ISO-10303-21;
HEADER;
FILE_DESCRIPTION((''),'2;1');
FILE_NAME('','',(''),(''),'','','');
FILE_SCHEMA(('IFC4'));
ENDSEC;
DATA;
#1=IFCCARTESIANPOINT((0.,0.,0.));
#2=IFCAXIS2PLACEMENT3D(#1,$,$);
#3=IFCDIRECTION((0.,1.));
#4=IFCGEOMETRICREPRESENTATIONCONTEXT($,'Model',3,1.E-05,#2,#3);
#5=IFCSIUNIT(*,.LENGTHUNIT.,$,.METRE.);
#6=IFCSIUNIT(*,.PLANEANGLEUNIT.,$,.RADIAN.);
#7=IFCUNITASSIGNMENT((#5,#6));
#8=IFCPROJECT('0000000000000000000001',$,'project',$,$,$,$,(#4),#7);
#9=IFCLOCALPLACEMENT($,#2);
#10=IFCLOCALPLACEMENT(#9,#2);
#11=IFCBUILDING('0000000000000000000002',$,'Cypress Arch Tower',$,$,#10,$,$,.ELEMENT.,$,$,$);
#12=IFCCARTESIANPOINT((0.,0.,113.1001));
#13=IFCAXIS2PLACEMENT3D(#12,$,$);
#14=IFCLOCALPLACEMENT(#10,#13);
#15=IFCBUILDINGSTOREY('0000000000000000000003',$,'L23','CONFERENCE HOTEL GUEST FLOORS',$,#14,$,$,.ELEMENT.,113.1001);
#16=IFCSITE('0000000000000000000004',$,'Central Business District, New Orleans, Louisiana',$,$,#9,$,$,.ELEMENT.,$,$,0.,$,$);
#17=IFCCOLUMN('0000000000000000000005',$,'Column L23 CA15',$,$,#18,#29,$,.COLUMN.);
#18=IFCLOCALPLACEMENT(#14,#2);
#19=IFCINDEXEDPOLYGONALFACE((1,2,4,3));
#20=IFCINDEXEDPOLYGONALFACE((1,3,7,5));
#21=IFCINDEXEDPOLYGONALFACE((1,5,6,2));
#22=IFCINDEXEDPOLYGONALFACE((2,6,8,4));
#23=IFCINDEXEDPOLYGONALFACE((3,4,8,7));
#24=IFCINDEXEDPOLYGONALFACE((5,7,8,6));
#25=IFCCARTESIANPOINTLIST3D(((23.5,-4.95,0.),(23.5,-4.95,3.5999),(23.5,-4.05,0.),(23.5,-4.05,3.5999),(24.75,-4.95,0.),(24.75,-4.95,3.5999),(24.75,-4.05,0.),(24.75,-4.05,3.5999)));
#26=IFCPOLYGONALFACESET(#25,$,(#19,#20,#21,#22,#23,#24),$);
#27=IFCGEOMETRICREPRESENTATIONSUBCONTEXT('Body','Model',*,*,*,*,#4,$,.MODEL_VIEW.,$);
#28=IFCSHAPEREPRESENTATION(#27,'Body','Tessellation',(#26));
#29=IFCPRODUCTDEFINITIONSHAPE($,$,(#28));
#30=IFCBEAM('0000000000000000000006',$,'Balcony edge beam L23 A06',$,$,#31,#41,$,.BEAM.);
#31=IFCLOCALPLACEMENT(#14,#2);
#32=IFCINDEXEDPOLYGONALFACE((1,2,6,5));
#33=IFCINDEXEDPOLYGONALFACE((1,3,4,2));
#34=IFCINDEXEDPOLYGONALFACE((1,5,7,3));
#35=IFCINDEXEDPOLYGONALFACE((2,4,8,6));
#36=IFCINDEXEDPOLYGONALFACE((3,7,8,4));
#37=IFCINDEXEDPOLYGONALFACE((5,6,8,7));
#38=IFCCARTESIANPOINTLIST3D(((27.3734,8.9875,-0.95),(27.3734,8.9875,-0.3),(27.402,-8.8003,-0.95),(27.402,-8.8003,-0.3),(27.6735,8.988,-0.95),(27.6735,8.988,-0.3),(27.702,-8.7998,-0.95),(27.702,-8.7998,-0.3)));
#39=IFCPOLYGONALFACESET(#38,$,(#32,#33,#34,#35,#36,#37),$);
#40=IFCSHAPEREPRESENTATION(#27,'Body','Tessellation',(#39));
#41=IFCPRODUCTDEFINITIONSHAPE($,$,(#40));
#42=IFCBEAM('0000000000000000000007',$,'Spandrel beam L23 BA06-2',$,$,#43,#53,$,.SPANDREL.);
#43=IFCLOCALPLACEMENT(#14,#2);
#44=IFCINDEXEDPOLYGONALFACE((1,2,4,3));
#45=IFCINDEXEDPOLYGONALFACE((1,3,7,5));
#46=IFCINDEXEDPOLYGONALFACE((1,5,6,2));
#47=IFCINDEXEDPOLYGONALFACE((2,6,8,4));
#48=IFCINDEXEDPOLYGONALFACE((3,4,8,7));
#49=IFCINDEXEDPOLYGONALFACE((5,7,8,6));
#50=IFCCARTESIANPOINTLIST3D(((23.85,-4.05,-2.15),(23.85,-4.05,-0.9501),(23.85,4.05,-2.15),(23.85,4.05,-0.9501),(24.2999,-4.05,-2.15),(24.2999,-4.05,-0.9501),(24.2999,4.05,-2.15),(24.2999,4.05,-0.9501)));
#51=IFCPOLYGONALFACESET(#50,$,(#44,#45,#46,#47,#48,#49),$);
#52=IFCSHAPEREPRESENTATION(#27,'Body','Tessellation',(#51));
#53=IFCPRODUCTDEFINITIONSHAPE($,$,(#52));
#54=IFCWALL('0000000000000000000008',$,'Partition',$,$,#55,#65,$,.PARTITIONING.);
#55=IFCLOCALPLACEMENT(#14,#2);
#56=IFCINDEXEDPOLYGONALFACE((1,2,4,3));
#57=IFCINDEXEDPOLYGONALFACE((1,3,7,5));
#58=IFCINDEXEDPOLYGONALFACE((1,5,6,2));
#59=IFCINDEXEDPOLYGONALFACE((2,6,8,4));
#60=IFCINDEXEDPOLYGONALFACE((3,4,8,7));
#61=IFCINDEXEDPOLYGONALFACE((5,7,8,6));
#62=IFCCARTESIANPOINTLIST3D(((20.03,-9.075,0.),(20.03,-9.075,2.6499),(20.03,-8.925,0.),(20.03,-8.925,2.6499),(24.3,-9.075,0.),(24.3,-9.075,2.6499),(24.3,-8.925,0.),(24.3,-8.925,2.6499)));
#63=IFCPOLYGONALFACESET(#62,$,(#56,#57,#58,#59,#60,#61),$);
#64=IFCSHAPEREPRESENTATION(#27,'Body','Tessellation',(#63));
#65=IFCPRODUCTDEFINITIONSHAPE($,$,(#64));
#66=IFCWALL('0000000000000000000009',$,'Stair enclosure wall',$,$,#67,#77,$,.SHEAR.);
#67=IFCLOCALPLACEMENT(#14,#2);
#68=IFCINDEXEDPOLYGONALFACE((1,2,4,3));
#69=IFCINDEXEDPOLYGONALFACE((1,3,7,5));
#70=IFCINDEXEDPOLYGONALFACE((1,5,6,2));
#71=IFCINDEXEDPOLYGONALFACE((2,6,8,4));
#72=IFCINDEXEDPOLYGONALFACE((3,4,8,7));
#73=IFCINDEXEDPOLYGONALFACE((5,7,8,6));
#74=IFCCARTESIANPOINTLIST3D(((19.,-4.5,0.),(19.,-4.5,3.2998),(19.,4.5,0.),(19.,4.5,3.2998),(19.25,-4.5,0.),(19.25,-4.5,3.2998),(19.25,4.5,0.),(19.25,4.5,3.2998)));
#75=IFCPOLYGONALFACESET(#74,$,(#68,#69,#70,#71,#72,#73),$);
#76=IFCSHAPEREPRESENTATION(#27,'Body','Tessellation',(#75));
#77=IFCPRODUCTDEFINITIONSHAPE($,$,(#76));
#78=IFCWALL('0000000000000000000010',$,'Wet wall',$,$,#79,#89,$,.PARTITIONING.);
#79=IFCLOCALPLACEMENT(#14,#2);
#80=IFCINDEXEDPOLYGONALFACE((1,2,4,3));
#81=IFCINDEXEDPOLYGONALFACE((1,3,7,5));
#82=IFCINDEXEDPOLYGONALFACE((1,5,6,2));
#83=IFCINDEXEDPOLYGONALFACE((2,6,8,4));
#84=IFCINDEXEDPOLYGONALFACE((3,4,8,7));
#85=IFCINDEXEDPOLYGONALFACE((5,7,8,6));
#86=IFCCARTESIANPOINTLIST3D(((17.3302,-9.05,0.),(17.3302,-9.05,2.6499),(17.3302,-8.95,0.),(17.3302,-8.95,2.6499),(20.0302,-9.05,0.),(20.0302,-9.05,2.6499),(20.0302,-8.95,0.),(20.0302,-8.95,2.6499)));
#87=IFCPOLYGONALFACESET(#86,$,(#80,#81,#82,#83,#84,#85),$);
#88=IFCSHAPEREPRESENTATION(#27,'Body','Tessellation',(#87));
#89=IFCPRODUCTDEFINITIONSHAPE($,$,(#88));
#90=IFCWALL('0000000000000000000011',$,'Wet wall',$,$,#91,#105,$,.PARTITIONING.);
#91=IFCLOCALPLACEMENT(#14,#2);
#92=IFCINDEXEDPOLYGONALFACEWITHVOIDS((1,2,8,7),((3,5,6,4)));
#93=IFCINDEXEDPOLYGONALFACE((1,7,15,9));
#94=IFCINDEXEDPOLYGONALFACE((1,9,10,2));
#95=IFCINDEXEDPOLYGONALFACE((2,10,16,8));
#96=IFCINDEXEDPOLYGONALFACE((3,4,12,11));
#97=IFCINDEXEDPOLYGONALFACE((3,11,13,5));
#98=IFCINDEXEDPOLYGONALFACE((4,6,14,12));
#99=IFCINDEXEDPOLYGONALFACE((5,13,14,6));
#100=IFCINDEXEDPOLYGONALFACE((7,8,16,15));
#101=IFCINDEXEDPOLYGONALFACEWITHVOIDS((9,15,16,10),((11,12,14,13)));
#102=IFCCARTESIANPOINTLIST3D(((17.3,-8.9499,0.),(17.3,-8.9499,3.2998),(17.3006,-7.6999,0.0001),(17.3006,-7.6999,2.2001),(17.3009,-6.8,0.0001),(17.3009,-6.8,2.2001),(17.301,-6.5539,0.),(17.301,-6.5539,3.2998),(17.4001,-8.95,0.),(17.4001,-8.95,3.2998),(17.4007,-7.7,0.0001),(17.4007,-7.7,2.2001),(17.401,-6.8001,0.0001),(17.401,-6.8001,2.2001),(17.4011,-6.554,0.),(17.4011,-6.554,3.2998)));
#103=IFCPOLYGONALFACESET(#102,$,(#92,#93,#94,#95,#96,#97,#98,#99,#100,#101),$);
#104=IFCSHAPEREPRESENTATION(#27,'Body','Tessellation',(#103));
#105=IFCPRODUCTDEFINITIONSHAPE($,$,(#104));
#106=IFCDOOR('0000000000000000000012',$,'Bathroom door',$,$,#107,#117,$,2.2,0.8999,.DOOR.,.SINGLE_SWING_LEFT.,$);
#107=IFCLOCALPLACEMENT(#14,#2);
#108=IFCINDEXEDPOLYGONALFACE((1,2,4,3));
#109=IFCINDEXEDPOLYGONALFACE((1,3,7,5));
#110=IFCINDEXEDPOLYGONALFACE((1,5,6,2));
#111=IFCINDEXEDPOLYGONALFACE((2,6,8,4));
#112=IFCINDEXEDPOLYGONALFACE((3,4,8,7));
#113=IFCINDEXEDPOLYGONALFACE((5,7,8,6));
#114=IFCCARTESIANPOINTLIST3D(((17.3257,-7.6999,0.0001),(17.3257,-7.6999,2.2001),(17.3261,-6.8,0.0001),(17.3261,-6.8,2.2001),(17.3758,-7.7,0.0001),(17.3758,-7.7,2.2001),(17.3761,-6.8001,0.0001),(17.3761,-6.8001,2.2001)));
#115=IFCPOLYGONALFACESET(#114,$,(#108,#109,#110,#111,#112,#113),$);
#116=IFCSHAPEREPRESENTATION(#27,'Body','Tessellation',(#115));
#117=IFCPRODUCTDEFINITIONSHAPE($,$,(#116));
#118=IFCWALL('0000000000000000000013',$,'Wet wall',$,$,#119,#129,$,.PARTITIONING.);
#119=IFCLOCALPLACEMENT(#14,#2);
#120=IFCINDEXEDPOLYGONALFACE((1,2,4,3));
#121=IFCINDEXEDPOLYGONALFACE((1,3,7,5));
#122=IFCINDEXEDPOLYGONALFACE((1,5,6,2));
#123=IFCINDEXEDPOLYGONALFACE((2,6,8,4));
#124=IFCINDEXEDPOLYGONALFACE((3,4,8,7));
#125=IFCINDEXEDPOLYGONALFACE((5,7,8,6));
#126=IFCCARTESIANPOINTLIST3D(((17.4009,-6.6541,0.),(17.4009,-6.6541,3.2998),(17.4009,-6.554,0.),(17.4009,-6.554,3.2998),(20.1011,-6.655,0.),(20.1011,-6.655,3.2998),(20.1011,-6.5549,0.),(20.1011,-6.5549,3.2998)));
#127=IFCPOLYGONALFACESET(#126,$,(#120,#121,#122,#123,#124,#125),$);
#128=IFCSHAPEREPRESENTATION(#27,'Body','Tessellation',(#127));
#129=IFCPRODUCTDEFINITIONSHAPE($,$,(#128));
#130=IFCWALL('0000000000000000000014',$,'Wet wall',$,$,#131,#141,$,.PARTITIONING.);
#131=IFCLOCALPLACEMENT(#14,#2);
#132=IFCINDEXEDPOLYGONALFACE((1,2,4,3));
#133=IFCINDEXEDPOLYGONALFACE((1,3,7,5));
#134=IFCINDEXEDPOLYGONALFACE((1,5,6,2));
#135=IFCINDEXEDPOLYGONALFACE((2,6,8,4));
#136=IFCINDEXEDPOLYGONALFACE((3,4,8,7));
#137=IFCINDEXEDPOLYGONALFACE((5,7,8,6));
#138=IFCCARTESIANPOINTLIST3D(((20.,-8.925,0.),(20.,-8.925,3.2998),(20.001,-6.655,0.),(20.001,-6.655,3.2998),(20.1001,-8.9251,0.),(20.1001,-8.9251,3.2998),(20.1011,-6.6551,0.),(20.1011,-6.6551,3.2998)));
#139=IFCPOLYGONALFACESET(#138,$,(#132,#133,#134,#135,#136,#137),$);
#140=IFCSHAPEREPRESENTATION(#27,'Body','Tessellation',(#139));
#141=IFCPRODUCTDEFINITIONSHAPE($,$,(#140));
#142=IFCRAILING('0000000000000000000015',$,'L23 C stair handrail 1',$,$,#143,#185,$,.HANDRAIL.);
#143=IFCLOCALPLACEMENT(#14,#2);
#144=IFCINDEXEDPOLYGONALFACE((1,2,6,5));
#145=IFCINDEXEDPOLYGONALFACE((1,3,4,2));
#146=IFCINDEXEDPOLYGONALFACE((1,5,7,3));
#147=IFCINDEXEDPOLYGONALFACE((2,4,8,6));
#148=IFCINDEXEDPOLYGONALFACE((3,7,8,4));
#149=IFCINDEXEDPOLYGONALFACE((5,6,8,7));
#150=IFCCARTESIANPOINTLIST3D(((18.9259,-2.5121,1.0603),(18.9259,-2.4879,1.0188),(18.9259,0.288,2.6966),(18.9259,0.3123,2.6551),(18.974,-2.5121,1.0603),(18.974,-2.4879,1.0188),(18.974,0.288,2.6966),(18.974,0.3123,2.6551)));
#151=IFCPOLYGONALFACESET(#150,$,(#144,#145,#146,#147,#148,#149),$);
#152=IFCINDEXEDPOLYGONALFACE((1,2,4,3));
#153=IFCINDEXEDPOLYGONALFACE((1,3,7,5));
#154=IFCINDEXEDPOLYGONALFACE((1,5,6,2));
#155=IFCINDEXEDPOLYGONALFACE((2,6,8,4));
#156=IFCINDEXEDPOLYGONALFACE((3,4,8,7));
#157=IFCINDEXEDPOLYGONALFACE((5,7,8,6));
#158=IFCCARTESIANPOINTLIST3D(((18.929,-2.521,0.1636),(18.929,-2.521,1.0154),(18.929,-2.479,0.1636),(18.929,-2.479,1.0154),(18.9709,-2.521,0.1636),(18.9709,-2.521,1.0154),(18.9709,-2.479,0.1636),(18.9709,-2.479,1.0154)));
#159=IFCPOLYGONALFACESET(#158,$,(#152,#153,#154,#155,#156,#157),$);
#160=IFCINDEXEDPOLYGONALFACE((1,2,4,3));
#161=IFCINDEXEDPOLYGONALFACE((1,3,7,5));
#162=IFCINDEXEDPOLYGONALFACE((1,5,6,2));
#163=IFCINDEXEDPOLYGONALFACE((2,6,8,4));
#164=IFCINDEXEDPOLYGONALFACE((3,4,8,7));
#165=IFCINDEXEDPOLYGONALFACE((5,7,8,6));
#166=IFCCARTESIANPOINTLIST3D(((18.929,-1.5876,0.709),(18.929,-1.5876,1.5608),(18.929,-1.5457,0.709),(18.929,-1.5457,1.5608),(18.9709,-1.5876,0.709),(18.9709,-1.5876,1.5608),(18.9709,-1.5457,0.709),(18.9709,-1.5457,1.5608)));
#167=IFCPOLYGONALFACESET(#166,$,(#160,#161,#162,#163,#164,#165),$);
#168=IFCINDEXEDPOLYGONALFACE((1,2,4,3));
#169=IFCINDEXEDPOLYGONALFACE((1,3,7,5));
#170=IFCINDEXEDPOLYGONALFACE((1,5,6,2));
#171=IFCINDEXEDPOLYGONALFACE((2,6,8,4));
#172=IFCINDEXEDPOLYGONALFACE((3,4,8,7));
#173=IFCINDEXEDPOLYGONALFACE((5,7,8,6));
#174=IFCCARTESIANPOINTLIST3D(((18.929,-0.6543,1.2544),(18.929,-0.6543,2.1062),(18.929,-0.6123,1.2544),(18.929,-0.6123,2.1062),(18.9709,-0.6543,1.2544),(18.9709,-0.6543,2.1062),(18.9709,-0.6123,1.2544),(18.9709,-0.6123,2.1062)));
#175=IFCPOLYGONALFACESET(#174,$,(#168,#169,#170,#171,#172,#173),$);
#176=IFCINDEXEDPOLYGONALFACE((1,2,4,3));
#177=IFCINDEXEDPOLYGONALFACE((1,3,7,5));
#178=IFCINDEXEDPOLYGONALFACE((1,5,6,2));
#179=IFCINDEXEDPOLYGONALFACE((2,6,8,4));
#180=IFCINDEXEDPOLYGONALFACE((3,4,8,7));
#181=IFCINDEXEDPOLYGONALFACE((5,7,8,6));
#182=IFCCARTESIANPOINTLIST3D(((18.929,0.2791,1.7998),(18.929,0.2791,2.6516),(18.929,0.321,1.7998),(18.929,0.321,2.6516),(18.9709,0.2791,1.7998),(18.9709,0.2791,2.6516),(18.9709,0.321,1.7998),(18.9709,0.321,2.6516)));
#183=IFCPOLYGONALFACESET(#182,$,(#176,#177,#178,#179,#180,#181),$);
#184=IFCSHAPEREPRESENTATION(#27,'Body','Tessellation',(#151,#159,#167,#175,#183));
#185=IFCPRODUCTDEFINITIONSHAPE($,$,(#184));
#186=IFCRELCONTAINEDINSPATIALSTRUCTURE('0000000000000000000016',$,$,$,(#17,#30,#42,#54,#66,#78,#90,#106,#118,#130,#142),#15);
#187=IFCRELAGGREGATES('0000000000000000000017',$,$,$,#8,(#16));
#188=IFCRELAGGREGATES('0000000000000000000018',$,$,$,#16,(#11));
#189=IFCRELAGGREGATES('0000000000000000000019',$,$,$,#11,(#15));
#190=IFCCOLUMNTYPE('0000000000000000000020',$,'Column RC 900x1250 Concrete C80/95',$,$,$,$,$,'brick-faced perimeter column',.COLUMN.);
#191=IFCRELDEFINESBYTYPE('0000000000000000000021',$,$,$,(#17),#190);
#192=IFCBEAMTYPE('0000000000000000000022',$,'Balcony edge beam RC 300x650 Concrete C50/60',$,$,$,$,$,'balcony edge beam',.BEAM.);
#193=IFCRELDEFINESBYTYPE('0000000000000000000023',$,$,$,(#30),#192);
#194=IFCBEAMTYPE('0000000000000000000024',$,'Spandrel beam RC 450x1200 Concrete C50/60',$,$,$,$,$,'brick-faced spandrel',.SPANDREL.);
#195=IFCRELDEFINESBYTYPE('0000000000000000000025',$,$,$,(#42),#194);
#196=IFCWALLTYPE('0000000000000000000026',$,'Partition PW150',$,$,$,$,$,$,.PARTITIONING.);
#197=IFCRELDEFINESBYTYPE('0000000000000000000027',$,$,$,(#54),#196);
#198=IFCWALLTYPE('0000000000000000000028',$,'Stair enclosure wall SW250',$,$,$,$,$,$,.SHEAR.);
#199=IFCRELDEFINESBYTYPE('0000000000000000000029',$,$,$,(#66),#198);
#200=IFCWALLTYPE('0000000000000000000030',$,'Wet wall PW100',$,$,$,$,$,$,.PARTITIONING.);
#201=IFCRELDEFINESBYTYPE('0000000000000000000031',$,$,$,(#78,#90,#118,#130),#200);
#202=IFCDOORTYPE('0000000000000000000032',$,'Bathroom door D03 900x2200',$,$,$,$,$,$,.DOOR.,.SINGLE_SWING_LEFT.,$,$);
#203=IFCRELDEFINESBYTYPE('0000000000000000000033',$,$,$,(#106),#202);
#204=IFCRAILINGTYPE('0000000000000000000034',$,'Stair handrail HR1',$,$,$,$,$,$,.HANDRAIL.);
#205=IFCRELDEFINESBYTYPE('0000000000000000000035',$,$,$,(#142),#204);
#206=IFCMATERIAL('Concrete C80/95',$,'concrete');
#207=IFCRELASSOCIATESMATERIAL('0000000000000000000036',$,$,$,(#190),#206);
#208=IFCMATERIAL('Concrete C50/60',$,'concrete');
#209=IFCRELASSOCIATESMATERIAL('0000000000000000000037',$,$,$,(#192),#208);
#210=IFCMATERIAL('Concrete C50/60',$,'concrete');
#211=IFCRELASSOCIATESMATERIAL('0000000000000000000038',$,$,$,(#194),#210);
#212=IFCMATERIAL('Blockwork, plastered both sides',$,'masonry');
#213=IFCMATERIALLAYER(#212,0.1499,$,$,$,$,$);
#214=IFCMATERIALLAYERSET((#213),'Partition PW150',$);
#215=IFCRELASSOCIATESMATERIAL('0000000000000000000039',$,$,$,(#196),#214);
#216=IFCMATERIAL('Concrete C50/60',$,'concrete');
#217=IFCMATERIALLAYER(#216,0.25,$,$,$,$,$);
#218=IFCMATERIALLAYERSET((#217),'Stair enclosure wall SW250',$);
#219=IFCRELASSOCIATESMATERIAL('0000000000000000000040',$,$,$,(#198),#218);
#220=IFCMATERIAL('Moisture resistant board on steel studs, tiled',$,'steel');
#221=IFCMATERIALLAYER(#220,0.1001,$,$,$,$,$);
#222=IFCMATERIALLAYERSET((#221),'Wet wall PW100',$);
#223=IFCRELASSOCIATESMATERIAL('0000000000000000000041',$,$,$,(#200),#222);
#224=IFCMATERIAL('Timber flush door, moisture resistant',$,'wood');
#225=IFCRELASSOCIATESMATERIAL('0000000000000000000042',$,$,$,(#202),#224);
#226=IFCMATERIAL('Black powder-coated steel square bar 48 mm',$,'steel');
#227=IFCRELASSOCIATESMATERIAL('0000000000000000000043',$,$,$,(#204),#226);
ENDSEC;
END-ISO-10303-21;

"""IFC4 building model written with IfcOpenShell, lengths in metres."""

from ifc_helpers import new_model, si_unit, direction, frame, frame_2d, origin, origin_2d, place, context, subcontext, project, spatial, rectangle, extrude, material, layer, layer_set, material_profile, profile_set, type_object, element, fill, save


model = new_model("IFC4")

# Units and contexts
model_context = context("Model", 3, precision=1e-05, world=origin(), true_north=direction((0.0, 1.0)))
body_context = subcontext(model_context, "Body", "Model", "MODEL_VIEW")
ifc_project = project(units=[si_unit("LENGTHUNIT", "METRE"), si_unit("PLANEANGLEUNIT", "RADIAN")], contexts=[model_context])

# Site, building, storey
site_placement = place(None, origin())
site = spatial("IfcSite", under=ifc_project, at=site_placement, Name="Central Business District, New Orleans, Louisiana", CompositionType="ELEMENT", RefElevation=0.0)
building_placement = place(site_placement, origin())
building = spatial("IfcBuilding", under=site, at=building_placement, Name="Cypress Arch Tower", CompositionType="ELEMENT")
storey_placement = place(building_placement, frame((0.0, 0.0, 113.1001)))
storey = spatial("IfcBuildingStorey", under=building, at=storey_placement, Name="L23", Description="CONFERENCE HOTEL GUEST FLOORS", CompositionType="ELEMENT", Elevation=113.1001)

# Column
ifc_material_1 = material(Name="Concrete C80/95", Category="concrete")
ifc_material_profile_1 = material_profile(ifc_material_1, rectangle(XDim=0.8999, YDim=1.25, at=origin_2d()), Name="RC 900x1250")
ifc_profile_set_1 = profile_set([ifc_material_profile_1], Name="Concrete C80/95")
column_type = type_object("IfcColumnType", Name="Column RC 900x1250 Concrete C80/95", ElementType="brick-faced perimeter column", PredefinedType="COLUMN", material=ifc_profile_set_1)
column_placement = place(storey_placement, frame((24.125, -4.5, 0.0), z_axis=(0.0, 0.0, 1.0), x_axis=(0.0, 1.0, 0.0)))
element("IfcColumn", 1, at=column_placement, inside=storey, type_object=column_type, Name="Column L23 CA15", PredefinedType="COLUMN", context=body_context, shape_type="SweptSolid", body=[
    extrude(rectangle(XDim=0.8999, YDim=1.25, at=origin_2d()), origin(), (0.0, 0.0, 1.0), 3.5999),
])

# Beams
ifc_material_2 = material(Name="Concrete C50/60", Category="concrete")
ifc_material_profile_2 = material_profile(ifc_material_2, rectangle(XDim=0.3, YDim=0.6499, at=origin_2d()), Name="RC 300x650")
ifc_profile_set_2 = profile_set([ifc_material_profile_2], Name="Concrete C50/60")
beam_type_1 = type_object("IfcBeamType", Name="Balcony edge beam RC 300x650 Concrete C50/60", ElementType="balcony edge beam", PredefinedType="BEAM", material=ifc_profile_set_2)
beam_1_placement = place(storey_placement, frame((27.552, -8.8, -0.625), z_axis=(-0.001606, 0.999999, 0.0), x_axis=(-0.999999, -0.001606, 0.0)))
element("IfcBeam", 2, at=beam_1_placement, inside=storey, type_object=beam_type_1, Name="Balcony edge beam L23 A06", PredefinedType="BEAM", context=body_context, shape_type="SweptSolid", body=[
    extrude(rectangle(XDim=0.3, YDim=0.6499, at=origin_2d()), origin(), (0.0, 0.0, 1.0), 17.7878),
])
ifc_material_3 = material(Name="Concrete C50/60", Category="concrete")
ifc_material_profile_3 = material_profile(ifc_material_3, rectangle(XDim=0.45, YDim=1.2, at=origin_2d()), Name="RC 450x1200")
ifc_profile_set_3 = profile_set([ifc_material_profile_3], Name="Concrete C50/60")
beam_type_2 = type_object("IfcBeamType", Name="Spandrel beam RC 450x1200 Concrete C50/60", ElementType="brick-faced spandrel", PredefinedType="SPANDREL", material=ifc_profile_set_3)
beam_2_placement = place(storey_placement, frame((24.075, -4.05, -1.55), z_axis=(0.0, 1.0, 0.0), x_axis=(-1.0, 0.0, 0.0)))
element("IfcBeam", 3, at=beam_2_placement, inside=storey, type_object=beam_type_2, Name="Spandrel beam L23 BA06-2", PredefinedType="SPANDREL", context=body_context, shape_type="SweptSolid", body=[
    extrude(rectangle(XDim=0.45, YDim=1.2, at=origin_2d()), origin(), (0.0, 0.0, 1.0), 8.1001),
])

# Walls
ifc_material_4 = material(Name="Blockwork, plastered both sides", Category="masonry")
ifc_layer_1 = layer(ifc_material_4, 0.1499)
ifc_layer_set_1 = layer_set([ifc_layer_1], Name="Partition PW150")
wall_type_1 = type_object("IfcWallType", Name="Partition PW150", PredefinedType="PARTITIONING", material=ifc_layer_set_1)
wall_1_placement = place(storey_placement, frame((20.03, -9.0, 0.0), z_axis=(0.0, 0.0, 1.0), x_axis=(1.0, 0.0, 0.0)))
element("IfcWall", 4, at=wall_1_placement, inside=storey, type_object=wall_type_1, Name="Partition", PredefinedType="PARTITIONING", context=body_context, shape_type="SweptSolid", body=[
    extrude(rectangle(XDim=4.27, YDim=0.1499, at=frame_2d((2.135, 0.0))), origin(), (0.0, 0.0, 1.0), 2.6499),
])
ifc_material_5 = material(Name="Concrete C50/60", Category="concrete")
ifc_layer_2 = layer(ifc_material_5, 0.25)
ifc_layer_set_2 = layer_set([ifc_layer_2], Name="Stair enclosure wall SW250")
wall_type_2 = type_object("IfcWallType", Name="Stair enclosure wall SW250", PredefinedType="SHEAR", material=ifc_layer_set_2)
wall_2_placement = place(storey_placement, frame((19.125, -4.5, 0.0), z_axis=(0.0, 0.0, 1.0), x_axis=(0.0, 1.0, 0.0)))
element("IfcWall", 5, at=wall_2_placement, inside=storey, type_object=wall_type_2, Name="Stair enclosure wall", PredefinedType="SHEAR", context=body_context, shape_type="SweptSolid", body=[
    extrude(rectangle(XDim=9.0, YDim=0.25, at=frame_2d((4.5, 0.0))), origin(), (0.0, 0.0, 1.0), 3.2998),
])
ifc_material_6 = material(Name="Moisture resistant board on steel studs, tiled", Category="steel")
ifc_layer_3 = layer(ifc_material_6, 0.1001)
ifc_layer_set_3 = layer_set([ifc_layer_3], Name="Wet wall PW100")
wall_type_3 = type_object("IfcWallType", Name="Wet wall PW100", PredefinedType="PARTITIONING", material=ifc_layer_set_3)
wall_3_placement = place(storey_placement, frame((17.3301, -9.0, 0.0), z_axis=(0.0, 0.0, 1.0), x_axis=(1.0, 0.0, 0.0)))
element("IfcWall", 6, at=wall_3_placement, inside=storey, type_object=wall_type_3, Name="Wet wall", PredefinedType="PARTITIONING", context=body_context, shape_type="SweptSolid", body=[
    extrude(rectangle(XDim=2.7, YDim=0.1001, at=frame_2d((1.3501, 0.0))), origin(), (0.0, 0.0, 1.0), 2.6499),
])

# Wall, opening, door
wall_4_placement = place(storey_placement, frame((17.3501, -8.95, 0.0), z_axis=(0.0, 0.0, 1.0), x_axis=(0.000408, 1.0, 0.0)))
wall_4 = element("IfcWall", 7, at=wall_4_placement, inside=storey, type_object=wall_type_3, Name="Wet wall", PredefinedType="PARTITIONING", context=body_context, shape_type="SweptSolid", body=[
    extrude(rectangle(XDim=2.396, YDim=0.1001, at=frame_2d((1.198, 0.0))), origin(), (0.0, 0.0, 1.0), 3.2998),
])
opening_1_placement = place(wall_4_placement, frame((1.25, 0.0, 0.0)))
opening_1 = element("IfcOpeningElement", 8, at=opening_1_placement, cuts=wall_4, PredefinedType="OPENING", context=body_context, shape_type="SweptSolid", body=[
    extrude(rectangle(XDim=0.8999, YDim=2.2, at=frame_2d((0.45, 1.1001))), frame((0.0, 0.0601, 0.0), z_axis=(0.0, -1.0, 0.0), x_axis=(1.0, 0.0, 0.0)), (0.0, 0.0, 1.0), 0.1201),
])
ifc_material_7 = material(Name="Timber flush door, moisture resistant", Category="wood")
door_type_1 = type_object("IfcDoorType", Name="Bathroom door D03 900x2200", OperationType="SINGLE_SWING_LEFT", PredefinedType="DOOR", material=ifc_material_7)
door_1_placement = place(opening_1_placement, origin())
door_1 = element("IfcDoor", 9, at=door_1_placement, inside=storey, type_object=door_type_1, Name="Bathroom door", OperationType="SINGLE_SWING_LEFT", OverallHeight=2.2, OverallWidth=0.8999, PredefinedType="DOOR", context=body_context, shape_type="SweptSolid", body=[
    extrude(rectangle(XDim=0.8999, YDim=2.2, at=frame_2d((0.45, 1.1001))), frame((0.0, 0.0249, 0.0), z_axis=(0.0, -1.0, 0.0), x_axis=(1.0, 0.0, 0.0)), (0.0, 0.0, 1.0), 0.05),
])
fill(opening_1, door_1)

# Walls
wall_5_placement = place(storey_placement, frame((17.4009, -6.604, 0.0), z_axis=(0.0, 0.0, 1.0), x_axis=(1.0, -0.000362, 0.0)))
element("IfcWall", 10, at=wall_5_placement, inside=storey, type_object=wall_type_3, Name="Wet wall", PredefinedType="PARTITIONING", context=body_context, shape_type="SweptSolid", body=[
    extrude(rectangle(XDim=2.7002, YDim=0.1001, at=frame_2d((1.3501, 0.0))), origin(), (0.0, 0.0, 1.0), 3.2998),
])
wall_6_placement = place(storey_placement, frame((20.05, -8.925, 0.0), z_axis=(0.0, 0.0, 1.0), x_axis=(0.00043, 1.0, 0.0)))
element("IfcWall", 11, at=wall_6_placement, inside=storey, type_object=wall_type_3, Name="Wet wall", PredefinedType="PARTITIONING", context=body_context, shape_type="SweptSolid", body=[
    extrude(rectangle(XDim=2.27, YDim=0.1001, at=frame_2d((1.135, 0.0))), origin(), (0.0, 0.0, 1.0), 3.2998),
])

# Railing
ifc_material_8 = material(Name="Black powder-coated steel square bar 48 mm", Category="steel")
railing_type_1 = type_object("IfcRailingType", Name="Stair handrail HR1", PredefinedType="HANDRAIL", material=ifc_material_8)
railing_1_placement = place(storey_placement, frame((18.95, -2.5, 0.1636)))
element("IfcRailing", 12, at=railing_1_placement, inside=storey, type_object=railing_type_1, Name="L23 C stair handrail 1", PredefinedType="HANDRAIL", context=body_context, shape_type="SweptSolid", body=[
    extrude(rectangle(XDim=0.0481, YDim=0.0481, at=origin_2d()), frame((0.0, 0.0, 0.876), z_axis=(0.0, 0.863394, 0.504531), x_axis=(-1.0, 0.0, 0.0)), (0.0, 0.0, 1.0), 3.2432),
    extrude(rectangle(XDim=0.042, YDim=0.042, at=origin_2d()), origin(), (0.0, 0.0, 1.0), 0.8518),
    extrude(rectangle(XDim=0.042, YDim=0.042, at=origin_2d()), frame((0.0, 0.9333, 0.5454)), (0.0, 0.0, 1.0), 0.8518),
    extrude(rectangle(XDim=0.042, YDim=0.042, at=origin_2d()), frame((0.0, 1.8667, 1.0908)), (0.0, 0.0, 1.0), 0.8518),
    extrude(rectangle(XDim=0.042, YDim=0.042, at=origin_2d()), frame((0.0, 2.8, 1.6362)), (0.0, 0.0, 1.0), 0.8518),
])

save(model, "model.ifc")
